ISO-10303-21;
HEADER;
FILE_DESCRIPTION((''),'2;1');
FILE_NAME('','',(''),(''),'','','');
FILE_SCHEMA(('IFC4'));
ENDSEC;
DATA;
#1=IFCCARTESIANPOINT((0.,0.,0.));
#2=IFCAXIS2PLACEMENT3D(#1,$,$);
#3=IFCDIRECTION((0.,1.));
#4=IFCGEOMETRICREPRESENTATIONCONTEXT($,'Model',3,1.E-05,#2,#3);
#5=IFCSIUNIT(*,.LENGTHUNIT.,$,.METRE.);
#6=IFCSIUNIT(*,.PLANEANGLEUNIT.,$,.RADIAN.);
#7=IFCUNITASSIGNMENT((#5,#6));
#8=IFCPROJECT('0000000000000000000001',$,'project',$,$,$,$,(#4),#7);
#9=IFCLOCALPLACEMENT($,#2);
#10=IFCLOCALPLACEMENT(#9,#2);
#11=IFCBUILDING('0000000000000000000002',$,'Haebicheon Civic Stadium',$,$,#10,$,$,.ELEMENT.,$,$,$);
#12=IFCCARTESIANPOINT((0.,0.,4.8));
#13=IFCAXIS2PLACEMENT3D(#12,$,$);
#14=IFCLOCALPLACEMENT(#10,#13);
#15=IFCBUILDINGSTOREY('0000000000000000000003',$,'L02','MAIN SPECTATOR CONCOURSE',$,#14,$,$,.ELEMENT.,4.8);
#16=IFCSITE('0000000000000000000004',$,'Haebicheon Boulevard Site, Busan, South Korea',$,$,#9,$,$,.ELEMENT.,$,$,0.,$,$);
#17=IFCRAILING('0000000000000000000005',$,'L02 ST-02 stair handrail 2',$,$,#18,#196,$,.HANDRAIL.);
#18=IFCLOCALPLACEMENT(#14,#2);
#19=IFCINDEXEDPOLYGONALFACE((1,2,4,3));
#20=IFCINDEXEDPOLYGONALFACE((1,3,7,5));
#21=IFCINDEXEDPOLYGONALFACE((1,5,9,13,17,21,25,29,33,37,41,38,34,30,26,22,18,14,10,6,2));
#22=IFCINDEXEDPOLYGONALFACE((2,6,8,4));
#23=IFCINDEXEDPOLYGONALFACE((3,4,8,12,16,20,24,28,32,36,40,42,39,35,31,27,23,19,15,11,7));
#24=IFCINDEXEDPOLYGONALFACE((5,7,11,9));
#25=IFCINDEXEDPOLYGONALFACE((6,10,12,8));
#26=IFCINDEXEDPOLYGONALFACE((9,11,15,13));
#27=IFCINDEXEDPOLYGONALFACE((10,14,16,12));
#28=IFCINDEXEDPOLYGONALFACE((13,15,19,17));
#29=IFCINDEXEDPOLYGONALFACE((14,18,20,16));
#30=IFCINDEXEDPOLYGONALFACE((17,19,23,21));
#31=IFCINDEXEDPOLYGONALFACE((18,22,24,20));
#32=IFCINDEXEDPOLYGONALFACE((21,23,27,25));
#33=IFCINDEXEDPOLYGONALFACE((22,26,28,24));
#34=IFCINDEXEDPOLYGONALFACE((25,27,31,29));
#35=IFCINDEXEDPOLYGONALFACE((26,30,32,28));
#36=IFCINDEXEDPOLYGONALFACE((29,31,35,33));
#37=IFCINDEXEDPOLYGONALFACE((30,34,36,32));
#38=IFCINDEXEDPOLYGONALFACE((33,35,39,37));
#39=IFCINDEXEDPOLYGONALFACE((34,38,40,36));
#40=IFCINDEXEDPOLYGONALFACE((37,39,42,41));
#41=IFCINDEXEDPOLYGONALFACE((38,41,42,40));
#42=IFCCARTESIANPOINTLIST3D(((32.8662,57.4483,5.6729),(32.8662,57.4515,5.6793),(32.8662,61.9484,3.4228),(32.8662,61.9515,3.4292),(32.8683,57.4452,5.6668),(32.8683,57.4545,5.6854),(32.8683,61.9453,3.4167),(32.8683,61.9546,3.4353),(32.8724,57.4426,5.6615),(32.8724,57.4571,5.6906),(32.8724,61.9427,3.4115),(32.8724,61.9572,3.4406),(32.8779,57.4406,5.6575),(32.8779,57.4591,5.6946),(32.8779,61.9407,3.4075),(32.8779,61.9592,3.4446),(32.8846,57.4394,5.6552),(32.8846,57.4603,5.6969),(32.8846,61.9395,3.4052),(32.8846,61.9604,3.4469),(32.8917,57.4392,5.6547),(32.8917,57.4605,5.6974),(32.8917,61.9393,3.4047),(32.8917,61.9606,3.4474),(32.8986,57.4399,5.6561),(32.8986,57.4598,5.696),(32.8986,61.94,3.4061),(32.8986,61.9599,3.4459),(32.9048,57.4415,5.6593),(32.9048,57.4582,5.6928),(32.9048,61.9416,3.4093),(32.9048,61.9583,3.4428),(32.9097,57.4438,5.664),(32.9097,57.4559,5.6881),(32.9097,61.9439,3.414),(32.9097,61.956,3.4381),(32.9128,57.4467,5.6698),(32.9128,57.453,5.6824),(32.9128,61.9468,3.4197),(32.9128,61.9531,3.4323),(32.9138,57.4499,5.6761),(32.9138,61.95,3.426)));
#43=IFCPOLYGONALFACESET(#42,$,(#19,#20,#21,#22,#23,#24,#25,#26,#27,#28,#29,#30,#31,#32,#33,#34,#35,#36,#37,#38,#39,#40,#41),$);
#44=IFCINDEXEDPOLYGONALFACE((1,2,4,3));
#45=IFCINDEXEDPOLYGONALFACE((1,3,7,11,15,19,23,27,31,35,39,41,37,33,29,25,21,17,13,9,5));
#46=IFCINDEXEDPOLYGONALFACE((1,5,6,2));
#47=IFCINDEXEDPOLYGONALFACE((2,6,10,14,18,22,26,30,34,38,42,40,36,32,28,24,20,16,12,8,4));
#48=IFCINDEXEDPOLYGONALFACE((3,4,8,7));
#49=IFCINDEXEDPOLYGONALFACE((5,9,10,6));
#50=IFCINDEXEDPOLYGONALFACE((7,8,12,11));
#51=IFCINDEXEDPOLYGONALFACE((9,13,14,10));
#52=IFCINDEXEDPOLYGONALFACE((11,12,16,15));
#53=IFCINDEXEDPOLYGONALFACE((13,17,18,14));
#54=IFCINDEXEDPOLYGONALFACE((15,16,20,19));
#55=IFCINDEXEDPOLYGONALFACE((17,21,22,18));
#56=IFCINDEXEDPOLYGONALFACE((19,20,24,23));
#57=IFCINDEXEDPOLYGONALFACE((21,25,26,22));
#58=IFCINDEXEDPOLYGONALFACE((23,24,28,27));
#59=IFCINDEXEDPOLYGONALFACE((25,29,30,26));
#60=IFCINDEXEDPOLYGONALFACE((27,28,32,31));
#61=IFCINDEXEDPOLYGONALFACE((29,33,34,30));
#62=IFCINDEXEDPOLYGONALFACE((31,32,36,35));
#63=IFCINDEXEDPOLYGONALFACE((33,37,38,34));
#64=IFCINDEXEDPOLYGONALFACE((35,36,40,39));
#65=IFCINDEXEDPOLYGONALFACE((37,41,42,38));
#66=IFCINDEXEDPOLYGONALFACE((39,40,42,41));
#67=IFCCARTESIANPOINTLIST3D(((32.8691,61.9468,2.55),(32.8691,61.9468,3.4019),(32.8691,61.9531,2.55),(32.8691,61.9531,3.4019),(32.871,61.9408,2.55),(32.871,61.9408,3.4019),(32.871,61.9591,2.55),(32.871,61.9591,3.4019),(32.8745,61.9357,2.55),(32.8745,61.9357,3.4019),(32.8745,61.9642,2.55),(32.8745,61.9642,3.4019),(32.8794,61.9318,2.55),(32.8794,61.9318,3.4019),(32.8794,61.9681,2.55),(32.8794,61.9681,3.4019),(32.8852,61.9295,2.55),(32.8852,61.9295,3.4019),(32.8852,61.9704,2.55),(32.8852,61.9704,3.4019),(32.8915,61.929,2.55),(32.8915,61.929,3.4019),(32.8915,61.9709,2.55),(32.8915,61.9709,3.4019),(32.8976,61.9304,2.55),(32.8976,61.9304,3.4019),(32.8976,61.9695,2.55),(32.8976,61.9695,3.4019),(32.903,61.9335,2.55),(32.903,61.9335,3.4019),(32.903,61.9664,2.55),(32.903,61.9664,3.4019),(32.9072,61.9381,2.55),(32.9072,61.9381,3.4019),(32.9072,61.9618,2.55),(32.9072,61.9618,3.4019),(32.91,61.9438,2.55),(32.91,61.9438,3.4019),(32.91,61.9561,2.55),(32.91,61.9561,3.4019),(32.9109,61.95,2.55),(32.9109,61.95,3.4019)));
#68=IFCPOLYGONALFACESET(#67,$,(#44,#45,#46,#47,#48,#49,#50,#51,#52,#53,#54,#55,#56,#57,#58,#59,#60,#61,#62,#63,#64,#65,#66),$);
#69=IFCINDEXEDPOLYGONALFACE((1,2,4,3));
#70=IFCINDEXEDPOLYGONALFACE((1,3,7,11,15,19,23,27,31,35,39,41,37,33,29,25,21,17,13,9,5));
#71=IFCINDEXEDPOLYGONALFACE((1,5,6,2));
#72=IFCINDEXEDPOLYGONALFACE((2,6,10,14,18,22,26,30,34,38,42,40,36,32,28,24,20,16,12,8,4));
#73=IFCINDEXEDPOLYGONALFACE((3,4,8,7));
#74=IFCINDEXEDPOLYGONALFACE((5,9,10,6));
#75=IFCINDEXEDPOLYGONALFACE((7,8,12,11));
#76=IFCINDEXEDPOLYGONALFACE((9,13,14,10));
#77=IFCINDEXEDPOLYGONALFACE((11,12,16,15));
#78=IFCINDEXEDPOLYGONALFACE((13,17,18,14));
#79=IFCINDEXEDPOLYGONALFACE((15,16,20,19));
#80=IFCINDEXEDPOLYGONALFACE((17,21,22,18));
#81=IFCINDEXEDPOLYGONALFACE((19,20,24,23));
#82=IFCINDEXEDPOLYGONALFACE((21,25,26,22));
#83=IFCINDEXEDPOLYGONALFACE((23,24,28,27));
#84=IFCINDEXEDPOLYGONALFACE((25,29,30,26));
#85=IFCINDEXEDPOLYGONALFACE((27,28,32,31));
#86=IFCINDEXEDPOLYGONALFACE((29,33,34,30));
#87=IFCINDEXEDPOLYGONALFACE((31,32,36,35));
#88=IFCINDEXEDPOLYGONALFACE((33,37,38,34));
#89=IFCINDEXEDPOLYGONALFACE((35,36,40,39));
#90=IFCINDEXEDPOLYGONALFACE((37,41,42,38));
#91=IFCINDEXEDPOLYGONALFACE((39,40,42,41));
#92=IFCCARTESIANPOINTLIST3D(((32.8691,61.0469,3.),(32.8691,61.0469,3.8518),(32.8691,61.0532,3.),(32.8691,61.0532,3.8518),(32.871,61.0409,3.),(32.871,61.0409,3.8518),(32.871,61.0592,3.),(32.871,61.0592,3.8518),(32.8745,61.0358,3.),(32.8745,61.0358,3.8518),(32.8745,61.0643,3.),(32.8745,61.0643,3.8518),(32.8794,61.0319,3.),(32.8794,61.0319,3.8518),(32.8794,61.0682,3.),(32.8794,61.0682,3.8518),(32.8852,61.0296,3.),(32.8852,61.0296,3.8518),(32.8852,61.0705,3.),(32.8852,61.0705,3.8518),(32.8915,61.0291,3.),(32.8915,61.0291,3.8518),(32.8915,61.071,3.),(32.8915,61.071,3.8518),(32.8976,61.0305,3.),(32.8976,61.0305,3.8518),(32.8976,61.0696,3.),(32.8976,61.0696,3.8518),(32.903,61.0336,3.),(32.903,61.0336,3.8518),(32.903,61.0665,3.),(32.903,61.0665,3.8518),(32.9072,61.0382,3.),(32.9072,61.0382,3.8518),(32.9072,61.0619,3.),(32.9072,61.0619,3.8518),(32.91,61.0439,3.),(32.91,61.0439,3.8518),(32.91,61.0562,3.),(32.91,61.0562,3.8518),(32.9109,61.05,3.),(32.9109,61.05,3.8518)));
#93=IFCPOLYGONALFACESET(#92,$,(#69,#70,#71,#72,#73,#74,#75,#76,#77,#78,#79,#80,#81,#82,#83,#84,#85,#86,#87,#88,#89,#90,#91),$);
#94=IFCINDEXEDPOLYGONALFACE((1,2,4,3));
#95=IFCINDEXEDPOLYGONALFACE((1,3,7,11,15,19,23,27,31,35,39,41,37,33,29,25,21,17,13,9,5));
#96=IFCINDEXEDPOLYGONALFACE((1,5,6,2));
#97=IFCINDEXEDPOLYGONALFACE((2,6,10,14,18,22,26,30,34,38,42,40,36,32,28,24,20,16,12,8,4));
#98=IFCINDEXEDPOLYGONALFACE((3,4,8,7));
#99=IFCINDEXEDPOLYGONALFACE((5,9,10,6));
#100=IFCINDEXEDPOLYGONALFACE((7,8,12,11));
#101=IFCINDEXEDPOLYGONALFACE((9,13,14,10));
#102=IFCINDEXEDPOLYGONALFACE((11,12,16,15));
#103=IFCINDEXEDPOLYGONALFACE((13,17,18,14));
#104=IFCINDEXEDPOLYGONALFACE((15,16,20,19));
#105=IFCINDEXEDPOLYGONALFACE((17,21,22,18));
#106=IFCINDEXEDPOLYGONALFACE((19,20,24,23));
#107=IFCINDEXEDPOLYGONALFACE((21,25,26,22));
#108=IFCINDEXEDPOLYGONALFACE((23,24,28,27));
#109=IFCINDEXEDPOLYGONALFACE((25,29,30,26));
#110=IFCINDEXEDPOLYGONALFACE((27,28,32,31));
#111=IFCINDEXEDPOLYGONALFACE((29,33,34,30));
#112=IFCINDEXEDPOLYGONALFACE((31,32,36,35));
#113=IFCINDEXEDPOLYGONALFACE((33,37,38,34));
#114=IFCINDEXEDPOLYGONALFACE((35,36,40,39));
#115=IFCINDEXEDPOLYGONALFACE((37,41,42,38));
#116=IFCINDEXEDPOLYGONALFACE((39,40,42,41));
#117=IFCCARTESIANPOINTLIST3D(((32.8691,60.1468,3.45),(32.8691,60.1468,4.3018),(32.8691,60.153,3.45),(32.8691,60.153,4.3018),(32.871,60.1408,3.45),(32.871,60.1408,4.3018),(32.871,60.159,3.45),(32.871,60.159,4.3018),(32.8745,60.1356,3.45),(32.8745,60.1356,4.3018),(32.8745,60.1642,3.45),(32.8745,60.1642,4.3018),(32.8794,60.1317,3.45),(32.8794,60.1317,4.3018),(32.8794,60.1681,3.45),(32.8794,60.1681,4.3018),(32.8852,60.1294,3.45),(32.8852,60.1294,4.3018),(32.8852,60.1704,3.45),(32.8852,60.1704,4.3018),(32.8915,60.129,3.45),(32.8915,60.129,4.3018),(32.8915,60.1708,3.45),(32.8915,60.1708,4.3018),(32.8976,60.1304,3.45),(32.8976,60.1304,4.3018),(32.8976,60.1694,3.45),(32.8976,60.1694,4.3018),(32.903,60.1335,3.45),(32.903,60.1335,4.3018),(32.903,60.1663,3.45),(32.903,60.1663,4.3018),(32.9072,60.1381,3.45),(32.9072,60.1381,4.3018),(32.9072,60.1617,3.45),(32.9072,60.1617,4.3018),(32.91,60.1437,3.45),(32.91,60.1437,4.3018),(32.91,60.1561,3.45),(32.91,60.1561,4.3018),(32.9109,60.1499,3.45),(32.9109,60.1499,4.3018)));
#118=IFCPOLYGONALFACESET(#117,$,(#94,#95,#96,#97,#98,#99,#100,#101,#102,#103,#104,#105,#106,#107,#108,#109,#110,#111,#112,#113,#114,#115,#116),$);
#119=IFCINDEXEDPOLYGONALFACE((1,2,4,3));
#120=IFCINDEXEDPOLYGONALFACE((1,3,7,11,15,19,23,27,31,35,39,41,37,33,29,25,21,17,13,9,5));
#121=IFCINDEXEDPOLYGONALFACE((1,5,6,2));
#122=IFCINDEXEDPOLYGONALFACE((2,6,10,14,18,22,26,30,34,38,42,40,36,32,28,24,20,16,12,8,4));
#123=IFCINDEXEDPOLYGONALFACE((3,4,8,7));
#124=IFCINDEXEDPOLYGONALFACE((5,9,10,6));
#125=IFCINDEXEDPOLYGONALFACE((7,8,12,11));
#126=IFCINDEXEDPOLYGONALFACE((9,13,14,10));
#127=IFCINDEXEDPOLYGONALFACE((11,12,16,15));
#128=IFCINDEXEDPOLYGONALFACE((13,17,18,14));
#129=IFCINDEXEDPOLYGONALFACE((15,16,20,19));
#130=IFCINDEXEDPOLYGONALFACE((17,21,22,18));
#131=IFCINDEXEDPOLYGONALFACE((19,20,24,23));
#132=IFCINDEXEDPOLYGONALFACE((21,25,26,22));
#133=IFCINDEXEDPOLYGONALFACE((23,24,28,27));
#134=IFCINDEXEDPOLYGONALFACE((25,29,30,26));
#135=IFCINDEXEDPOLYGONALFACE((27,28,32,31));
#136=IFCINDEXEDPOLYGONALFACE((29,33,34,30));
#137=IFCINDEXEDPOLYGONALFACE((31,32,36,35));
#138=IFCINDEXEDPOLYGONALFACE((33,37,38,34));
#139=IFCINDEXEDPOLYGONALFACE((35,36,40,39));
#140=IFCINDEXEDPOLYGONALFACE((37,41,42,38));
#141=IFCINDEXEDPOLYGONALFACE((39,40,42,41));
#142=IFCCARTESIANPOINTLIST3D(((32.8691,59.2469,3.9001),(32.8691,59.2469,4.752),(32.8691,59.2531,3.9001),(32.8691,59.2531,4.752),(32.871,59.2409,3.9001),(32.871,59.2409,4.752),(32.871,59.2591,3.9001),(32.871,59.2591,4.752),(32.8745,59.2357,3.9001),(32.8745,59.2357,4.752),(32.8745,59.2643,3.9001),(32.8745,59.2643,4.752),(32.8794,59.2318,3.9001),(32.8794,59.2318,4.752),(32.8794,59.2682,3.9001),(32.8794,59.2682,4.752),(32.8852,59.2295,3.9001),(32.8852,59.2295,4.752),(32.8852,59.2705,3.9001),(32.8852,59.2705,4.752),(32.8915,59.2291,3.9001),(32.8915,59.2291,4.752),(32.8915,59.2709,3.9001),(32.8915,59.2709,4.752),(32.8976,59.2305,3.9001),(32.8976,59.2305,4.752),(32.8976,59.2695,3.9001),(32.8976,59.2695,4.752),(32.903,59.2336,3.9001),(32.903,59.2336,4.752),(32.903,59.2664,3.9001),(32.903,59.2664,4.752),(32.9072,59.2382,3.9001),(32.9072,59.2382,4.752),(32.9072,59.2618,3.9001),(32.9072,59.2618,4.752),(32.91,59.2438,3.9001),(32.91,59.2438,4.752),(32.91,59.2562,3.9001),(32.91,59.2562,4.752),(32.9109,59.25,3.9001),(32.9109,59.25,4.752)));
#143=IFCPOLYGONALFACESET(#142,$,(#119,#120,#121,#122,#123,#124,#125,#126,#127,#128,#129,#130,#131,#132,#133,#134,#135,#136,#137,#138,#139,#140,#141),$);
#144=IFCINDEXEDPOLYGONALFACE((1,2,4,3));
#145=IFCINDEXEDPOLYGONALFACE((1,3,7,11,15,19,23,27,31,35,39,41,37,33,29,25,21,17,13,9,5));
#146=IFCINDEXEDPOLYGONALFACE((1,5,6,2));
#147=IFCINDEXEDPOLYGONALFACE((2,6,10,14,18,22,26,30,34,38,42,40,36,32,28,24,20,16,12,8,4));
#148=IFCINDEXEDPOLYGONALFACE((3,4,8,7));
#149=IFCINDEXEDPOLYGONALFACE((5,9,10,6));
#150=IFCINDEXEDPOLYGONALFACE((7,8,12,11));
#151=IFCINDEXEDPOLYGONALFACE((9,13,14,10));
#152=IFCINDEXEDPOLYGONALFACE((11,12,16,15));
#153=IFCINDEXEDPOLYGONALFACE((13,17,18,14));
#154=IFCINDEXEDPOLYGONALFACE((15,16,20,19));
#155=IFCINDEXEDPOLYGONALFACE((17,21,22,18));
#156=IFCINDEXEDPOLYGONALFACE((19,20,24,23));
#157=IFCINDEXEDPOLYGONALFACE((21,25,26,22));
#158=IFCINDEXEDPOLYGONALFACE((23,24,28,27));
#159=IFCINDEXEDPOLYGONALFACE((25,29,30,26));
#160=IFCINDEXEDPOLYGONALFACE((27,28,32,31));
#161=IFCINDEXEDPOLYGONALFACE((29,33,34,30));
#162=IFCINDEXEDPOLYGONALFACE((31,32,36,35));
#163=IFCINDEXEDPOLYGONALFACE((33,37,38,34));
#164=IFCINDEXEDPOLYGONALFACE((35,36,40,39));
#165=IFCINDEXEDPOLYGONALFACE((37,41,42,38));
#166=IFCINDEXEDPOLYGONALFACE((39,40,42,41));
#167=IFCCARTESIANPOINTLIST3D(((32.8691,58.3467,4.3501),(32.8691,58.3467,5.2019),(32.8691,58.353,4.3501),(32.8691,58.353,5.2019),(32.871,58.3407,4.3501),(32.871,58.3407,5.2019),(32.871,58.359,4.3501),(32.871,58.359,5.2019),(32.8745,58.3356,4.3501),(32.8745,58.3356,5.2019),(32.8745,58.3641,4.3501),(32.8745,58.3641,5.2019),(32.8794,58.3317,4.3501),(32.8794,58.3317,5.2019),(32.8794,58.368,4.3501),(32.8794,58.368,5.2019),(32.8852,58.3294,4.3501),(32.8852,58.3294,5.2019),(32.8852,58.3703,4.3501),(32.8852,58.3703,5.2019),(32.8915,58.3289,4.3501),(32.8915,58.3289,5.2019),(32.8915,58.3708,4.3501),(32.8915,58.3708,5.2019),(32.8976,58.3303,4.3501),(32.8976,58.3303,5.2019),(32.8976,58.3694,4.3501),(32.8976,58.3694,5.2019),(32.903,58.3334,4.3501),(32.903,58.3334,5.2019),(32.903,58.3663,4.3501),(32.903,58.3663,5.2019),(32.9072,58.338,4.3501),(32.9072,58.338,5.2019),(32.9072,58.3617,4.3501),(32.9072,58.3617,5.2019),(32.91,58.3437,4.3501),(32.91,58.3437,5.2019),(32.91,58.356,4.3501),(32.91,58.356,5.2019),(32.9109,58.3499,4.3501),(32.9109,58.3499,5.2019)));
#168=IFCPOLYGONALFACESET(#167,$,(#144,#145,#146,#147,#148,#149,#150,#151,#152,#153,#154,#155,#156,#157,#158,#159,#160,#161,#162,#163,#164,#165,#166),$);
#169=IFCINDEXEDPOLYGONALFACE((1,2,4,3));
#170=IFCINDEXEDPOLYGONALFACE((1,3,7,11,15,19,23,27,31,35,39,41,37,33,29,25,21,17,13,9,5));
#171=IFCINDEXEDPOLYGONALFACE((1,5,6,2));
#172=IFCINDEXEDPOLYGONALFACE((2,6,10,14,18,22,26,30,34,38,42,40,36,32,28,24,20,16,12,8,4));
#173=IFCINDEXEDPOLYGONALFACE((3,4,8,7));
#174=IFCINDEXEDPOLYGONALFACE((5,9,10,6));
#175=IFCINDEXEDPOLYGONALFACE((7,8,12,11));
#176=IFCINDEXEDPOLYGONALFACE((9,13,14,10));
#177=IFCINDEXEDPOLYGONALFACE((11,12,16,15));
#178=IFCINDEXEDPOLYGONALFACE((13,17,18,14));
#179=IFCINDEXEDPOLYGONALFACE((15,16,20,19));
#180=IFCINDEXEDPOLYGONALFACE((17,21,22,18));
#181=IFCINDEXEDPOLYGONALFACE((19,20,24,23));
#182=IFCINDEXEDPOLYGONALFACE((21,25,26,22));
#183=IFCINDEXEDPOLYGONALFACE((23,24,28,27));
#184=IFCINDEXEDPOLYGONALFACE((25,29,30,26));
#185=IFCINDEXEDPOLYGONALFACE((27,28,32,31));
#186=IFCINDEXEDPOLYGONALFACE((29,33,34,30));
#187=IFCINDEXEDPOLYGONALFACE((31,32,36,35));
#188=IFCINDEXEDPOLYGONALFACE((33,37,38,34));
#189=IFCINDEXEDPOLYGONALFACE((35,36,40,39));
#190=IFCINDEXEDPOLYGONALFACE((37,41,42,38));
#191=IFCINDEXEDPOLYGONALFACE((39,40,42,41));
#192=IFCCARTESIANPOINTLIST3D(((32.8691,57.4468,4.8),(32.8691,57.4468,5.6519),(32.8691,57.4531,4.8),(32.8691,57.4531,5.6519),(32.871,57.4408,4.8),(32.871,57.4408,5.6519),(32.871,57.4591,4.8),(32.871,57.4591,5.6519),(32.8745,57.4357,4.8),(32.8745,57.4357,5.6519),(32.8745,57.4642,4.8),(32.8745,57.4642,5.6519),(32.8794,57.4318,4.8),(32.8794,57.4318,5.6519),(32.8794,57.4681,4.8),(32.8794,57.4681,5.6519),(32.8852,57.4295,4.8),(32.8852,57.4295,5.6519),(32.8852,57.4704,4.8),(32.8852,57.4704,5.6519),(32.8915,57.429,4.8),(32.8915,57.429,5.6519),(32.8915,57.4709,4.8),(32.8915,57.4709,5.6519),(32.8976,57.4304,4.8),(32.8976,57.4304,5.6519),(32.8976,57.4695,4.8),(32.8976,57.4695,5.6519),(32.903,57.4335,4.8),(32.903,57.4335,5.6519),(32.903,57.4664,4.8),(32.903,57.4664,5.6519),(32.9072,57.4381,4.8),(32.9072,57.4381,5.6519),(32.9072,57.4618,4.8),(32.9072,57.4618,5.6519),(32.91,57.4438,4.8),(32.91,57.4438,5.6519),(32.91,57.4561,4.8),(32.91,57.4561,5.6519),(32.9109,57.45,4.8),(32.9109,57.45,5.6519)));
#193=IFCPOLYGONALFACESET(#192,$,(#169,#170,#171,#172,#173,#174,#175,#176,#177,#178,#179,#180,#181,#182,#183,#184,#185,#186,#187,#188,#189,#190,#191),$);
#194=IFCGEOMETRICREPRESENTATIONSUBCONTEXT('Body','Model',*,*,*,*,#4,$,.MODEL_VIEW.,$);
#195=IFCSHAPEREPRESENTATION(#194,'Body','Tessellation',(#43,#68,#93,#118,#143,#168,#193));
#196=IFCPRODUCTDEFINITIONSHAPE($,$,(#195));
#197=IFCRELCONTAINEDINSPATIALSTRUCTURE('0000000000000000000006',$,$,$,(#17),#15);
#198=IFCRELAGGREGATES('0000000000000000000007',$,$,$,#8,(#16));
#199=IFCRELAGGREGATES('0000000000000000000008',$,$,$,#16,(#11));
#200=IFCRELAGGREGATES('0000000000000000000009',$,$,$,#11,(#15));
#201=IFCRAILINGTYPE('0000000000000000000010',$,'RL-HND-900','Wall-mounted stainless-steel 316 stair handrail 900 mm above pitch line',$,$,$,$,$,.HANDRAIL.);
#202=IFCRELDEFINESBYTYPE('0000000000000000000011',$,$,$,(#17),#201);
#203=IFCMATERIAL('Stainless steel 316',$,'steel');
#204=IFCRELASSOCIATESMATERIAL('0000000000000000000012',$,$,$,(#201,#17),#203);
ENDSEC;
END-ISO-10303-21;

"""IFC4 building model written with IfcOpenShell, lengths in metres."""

from ifc_helpers import new_model, si_unit, direction, frame, origin, origin_2d, place, context, subcontext, project, spatial, circle, extrude, material, type_object, element, save


model = new_model("IFC4")

# Units and contexts
model_context = context("Model", 3, precision=1e-05, world=origin(), true_north=direction((0.0, 1.0)))
body_context = subcontext(model_context, "Body", "Model", "MODEL_VIEW")
ifc_project = project(units=[si_unit("LENGTHUNIT", "METRE"), si_unit("PLANEANGLEUNIT", "RADIAN")], contexts=[model_context])

# Site, building, storey
site_placement = place(None, origin())
site = spatial("IfcSite", under=ifc_project, at=site_placement, Name="Haebicheon Boulevard Site, Busan, South Korea", CompositionType="ELEMENT", RefElevation=0.0)
building_placement = place(site_placement, origin())
building = spatial("IfcBuilding", under=site, at=building_placement, Name="Haebicheon Civic Stadium", CompositionType="ELEMENT")
storey_placement = place(building_placement, frame((0.0, 0.0, 4.8)))
storey = spatial("IfcBuildingStorey", under=building, at=storey_placement, Name="L02", Description="MAIN SPECTATOR CONCOURSE", CompositionType="ELEMENT", Elevation=4.8)

# Railing
ifc_material_1 = material(Name="Stainless steel 316", Category="steel")
railing_type_1 = type_object("IfcRailingType", Name="RL-HND-900", Description="Wall-mounted stainless-steel 316 stair handrail 900 mm above pitch line", PredefinedType="HANDRAIL", material=ifc_material_1)
railing_1_placement = place(storey_placement, frame((32.8899, 61.95, 2.55)))
element("IfcRailing", 1, at=railing_1_placement, inside=storey, type_object=railing_type_1, material=ifc_material_1, Name="L02 ST-02 stair handrail 2", PredefinedType="HANDRAIL", context=body_context, shape_type="SweptSolid", body=[
    extrude(circle(Radius=0.0239, at=origin_2d()), frame((0.0, 0.0, 0.876), z_axis=(0.0, -0.894427, 0.447214), x_axis=(1.0, 0.0, 0.0)), (0.0, 0.0, 1.0), 5.0312),
    extrude(circle(Radius=0.021, at=origin_2d()), origin(), (0.0, 0.0, 1.0), 0.8518),
    extrude(circle(Radius=0.021, at=origin_2d()), frame((0.0, -0.8999, 0.45)), (0.0, 0.0, 1.0), 0.8518),
    extrude(circle(Radius=0.021, at=origin_2d()), frame((0.0, -1.8, 0.8999)), (0.0, 0.0, 1.0), 0.8518),
    extrude(circle(Radius=0.021, at=origin_2d()), frame((0.0, -2.7, 1.3501)), (0.0, 0.0, 1.0), 0.8518),
    extrude(circle(Radius=0.021, at=origin_2d()), frame((0.0, -3.6001, 1.8)), (0.0, 0.0, 1.0), 0.8518),
    extrude(circle(Radius=0.021, at=origin_2d()), frame((0.0, -4.5, 2.25)), (0.0, 0.0, 1.0), 0.8518),
])

save(model, "model.ifc")
